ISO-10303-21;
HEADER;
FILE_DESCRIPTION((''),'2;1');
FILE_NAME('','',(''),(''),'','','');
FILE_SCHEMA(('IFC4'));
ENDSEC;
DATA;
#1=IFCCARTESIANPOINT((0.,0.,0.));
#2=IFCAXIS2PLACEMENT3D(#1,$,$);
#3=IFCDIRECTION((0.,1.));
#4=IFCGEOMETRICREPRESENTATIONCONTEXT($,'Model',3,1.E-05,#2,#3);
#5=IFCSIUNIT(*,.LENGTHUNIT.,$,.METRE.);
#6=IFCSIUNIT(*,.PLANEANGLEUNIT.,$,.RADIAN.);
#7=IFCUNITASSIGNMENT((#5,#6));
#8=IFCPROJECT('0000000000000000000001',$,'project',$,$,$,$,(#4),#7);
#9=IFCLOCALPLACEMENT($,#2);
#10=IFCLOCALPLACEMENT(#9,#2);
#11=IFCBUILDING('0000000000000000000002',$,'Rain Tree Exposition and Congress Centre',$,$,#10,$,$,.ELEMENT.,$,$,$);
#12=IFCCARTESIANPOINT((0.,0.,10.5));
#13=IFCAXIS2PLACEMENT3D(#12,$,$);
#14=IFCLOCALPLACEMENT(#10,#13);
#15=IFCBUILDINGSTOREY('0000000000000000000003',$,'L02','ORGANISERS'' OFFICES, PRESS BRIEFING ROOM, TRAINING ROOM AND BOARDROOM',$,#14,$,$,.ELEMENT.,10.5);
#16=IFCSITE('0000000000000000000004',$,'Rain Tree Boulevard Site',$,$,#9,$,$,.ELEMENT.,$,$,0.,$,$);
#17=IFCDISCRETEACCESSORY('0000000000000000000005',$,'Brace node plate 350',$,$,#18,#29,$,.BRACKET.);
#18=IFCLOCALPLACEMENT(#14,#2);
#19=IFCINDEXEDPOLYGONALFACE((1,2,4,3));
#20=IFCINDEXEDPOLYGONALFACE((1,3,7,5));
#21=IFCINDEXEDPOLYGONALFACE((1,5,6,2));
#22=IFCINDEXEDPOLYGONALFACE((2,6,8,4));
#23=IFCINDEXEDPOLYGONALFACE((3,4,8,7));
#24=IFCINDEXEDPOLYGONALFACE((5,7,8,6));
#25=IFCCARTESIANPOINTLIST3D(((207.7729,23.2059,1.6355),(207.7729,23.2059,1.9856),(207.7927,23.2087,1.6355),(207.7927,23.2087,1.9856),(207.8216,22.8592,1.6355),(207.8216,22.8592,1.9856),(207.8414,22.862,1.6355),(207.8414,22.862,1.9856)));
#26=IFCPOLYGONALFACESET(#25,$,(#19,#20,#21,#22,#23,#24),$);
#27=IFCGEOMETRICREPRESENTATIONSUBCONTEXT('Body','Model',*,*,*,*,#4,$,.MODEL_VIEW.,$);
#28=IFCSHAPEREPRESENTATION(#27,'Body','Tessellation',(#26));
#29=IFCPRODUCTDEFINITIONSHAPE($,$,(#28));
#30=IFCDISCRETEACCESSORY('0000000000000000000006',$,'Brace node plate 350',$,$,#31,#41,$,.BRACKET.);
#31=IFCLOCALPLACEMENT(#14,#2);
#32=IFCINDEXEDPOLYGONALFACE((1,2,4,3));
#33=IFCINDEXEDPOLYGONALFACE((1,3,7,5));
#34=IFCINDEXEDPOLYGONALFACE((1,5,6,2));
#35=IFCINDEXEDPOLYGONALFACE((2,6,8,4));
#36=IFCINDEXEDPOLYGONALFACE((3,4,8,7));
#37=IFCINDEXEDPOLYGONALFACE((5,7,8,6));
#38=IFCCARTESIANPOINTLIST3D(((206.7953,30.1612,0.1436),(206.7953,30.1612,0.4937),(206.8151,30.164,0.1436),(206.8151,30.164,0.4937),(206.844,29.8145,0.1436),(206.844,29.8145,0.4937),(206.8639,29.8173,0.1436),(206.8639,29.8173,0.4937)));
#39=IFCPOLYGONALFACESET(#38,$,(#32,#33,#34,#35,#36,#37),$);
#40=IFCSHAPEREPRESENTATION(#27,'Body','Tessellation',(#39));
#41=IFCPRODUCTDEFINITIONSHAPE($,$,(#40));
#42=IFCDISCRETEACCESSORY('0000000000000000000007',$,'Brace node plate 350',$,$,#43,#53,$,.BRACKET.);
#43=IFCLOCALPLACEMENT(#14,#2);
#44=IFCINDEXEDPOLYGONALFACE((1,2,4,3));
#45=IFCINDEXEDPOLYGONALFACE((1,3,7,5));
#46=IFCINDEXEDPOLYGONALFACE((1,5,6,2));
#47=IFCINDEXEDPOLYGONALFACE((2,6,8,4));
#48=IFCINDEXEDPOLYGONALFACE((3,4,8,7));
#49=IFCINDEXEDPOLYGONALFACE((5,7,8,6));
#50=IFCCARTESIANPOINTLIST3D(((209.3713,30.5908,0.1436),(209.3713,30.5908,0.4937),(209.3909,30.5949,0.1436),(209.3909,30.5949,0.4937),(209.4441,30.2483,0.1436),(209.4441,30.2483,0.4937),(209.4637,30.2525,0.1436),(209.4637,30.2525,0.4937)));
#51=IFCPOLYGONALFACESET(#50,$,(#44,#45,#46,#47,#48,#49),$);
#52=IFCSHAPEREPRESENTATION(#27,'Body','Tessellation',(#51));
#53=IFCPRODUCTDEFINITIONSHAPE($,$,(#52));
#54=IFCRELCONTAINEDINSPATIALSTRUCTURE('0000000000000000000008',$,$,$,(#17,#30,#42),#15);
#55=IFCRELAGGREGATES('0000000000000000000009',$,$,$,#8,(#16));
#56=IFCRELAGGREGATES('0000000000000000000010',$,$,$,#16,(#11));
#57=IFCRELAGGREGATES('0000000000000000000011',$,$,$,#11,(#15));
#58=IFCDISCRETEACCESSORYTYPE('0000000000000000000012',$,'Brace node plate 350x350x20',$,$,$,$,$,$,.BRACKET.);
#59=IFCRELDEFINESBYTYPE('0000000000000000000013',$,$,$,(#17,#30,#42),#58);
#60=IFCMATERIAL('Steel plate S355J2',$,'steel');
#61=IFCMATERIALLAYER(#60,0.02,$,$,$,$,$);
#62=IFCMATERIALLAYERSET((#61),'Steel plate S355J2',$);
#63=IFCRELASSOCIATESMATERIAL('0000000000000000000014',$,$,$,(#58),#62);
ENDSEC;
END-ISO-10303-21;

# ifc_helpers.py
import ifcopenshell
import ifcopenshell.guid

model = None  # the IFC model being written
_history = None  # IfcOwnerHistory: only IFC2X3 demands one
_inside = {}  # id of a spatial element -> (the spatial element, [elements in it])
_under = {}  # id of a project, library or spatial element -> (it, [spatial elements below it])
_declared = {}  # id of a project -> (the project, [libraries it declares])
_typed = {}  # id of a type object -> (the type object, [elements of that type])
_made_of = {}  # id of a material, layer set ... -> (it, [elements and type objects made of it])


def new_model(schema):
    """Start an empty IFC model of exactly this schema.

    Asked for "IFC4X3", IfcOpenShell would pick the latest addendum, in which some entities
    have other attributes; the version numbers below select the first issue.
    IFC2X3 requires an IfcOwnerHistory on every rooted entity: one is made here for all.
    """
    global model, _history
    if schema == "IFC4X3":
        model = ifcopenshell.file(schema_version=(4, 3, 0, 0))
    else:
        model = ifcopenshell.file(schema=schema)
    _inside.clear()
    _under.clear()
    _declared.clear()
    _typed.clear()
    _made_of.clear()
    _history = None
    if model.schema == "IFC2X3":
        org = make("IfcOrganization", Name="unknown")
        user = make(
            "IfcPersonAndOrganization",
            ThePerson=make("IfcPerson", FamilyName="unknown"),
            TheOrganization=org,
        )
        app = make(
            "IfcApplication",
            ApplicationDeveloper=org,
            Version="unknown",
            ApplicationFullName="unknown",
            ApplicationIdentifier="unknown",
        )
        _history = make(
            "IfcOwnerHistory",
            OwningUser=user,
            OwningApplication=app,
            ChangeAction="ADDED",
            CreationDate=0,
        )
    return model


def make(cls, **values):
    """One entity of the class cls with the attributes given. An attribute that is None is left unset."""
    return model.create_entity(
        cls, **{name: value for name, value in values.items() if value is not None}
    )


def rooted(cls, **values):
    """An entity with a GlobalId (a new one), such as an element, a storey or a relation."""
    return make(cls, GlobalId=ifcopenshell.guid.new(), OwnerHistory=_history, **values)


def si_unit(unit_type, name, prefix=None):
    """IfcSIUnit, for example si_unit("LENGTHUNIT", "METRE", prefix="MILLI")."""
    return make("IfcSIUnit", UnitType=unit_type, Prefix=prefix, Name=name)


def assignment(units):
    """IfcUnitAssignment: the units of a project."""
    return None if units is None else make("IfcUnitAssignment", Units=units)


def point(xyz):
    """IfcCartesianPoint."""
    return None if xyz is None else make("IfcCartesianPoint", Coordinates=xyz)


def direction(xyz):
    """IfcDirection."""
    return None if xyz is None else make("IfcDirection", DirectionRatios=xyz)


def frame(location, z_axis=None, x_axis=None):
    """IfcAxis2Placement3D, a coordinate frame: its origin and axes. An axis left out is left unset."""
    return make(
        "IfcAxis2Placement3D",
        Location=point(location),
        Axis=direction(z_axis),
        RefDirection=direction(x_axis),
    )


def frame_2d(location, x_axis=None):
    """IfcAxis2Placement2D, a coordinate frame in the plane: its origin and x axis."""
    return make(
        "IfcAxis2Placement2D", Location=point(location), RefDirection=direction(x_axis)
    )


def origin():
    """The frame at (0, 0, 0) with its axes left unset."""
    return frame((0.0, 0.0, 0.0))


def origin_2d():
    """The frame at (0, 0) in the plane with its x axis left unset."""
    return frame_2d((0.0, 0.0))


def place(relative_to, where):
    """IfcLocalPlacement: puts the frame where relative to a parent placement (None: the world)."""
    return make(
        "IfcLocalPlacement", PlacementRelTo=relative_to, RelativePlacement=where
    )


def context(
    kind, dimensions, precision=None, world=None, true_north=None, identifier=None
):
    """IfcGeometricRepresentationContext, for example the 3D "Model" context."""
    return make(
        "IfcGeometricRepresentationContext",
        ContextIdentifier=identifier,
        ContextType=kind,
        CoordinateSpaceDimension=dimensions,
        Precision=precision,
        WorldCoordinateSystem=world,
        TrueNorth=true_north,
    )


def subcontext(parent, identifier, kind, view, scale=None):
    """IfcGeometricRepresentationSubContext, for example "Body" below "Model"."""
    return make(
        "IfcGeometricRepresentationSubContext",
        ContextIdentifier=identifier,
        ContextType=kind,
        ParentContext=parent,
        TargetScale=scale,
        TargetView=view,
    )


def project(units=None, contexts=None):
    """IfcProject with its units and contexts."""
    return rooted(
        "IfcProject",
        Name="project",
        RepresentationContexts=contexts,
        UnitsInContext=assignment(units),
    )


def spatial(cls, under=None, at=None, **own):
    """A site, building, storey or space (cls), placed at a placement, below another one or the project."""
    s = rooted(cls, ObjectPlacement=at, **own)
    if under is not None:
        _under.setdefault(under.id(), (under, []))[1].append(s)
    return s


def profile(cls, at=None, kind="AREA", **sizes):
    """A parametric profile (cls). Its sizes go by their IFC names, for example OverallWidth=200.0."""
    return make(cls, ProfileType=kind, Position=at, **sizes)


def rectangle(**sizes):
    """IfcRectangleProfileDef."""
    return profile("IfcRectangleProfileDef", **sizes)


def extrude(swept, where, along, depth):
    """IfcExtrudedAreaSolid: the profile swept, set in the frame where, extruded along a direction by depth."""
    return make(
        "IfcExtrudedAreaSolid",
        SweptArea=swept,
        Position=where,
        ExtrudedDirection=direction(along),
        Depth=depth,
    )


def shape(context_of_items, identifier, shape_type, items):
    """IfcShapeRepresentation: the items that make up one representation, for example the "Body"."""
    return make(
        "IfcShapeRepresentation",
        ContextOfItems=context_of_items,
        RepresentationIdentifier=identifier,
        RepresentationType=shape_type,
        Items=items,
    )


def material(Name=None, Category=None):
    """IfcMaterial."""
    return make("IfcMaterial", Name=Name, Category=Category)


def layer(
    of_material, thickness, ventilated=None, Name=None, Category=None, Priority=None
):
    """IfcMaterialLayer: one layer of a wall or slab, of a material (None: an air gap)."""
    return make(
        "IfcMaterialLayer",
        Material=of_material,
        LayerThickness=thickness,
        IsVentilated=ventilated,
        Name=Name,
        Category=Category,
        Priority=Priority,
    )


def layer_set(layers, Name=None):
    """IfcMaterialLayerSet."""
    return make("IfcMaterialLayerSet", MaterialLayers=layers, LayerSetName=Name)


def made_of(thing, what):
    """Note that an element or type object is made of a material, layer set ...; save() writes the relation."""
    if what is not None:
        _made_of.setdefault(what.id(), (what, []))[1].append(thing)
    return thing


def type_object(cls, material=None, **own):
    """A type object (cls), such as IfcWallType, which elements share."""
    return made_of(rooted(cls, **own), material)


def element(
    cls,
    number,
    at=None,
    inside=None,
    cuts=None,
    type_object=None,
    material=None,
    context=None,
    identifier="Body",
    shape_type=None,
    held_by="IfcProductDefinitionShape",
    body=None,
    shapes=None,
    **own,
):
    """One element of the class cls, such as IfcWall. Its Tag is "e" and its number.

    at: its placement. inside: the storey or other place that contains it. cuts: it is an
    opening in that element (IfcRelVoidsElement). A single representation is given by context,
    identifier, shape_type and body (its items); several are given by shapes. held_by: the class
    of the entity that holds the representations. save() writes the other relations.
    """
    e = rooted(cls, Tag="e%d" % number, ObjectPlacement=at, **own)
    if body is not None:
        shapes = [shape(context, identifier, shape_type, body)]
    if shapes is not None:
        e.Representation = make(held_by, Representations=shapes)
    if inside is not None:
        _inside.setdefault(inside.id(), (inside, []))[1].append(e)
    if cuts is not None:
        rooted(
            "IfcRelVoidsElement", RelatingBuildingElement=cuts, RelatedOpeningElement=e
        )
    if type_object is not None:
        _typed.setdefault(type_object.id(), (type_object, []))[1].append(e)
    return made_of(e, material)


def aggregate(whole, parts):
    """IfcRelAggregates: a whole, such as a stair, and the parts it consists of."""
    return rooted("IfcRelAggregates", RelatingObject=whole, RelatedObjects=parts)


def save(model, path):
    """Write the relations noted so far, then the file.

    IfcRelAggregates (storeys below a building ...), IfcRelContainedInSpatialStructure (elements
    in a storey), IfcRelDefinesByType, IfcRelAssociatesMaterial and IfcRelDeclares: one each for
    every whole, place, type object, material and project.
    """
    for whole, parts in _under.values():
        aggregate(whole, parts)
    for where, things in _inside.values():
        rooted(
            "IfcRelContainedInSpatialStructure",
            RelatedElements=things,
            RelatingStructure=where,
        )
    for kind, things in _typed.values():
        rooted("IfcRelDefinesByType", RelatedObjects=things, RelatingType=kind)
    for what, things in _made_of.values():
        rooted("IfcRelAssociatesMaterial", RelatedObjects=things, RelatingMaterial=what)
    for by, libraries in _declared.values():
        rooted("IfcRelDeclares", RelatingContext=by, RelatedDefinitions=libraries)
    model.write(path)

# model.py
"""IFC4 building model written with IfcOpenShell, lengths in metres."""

from ifc_helpers import new_model, si_unit, direction, frame, origin, origin_2d, place, context, subcontext, project, spatial, rectangle, extrude, material, layer, layer_set, type_object, element, save


model = new_model("IFC4")

# Units and contexts
model_context = context("Model", 3, precision=1e-05, world=origin(), true_north=direction((0.0, 1.0)))
body_context = subcontext(model_context, "Body", "Model", "MODEL_VIEW")
ifc_project = project(units=[si_unit("LENGTHUNIT", "METRE"), si_unit("PLANEANGLEUNIT", "RADIAN")], contexts=[model_context])

# Site, building, storey
site_placement = place(None, origin())
site = spatial("IfcSite", under=ifc_project, at=site_placement, Name="Rain Tree Boulevard Site", CompositionType="ELEMENT", RefElevation=0.0)
building_placement = place(site_placement, origin())
building = spatial("IfcBuilding", under=site, at=building_placement, Name="Rain Tree Exposition and Congress Centre", CompositionType="ELEMENT")
storey_placement = place(building_placement, frame((0.0, 0.0, 10.5)))
storey = spatial("IfcBuildingStorey", under=building, at=storey_placement, Name="L02", Description="ORGANISERS' OFFICES, PRESS BRIEFING ROOM, TRAINING ROOM AND BOARDROOM", CompositionType="ELEMENT", Elevation=10.5)

# Discrete accessories
ifc_material_1 = material(Name="Steel plate S355J2", Category="steel")
ifc_layer = layer(ifc_material_1, 0.02)
ifc_layer_set = layer_set([ifc_layer], Name="Steel plate S355J2")
discrete_accessory_type = type_object("IfcDiscreteAccessoryType", Name="Brace node plate 350x350x20", PredefinedType="BRACKET", material=ifc_layer_set)
for number, where, z_axis, x_axis, name in (
    (1, (207.8071, 23.0339, 1.6355), (0.0, 0.0, 1.0), (-0.139173, 0.990268, 0.0), "Brace node plate 350"),
    (2, (206.8296, 29.9893, 0.1436), (0.0, 0.0, 1.0), (0.139173, -0.990268, 0.0), "Brace node plate 350"),
    (3, (209.4175, 30.4216, 0.1436), (0.0, 0.0, 1.0), (0.207912, -0.978148, 0.0), "Brace node plate 350"),
):
    element("IfcDiscreteAccessory", number, at=place(storey_placement, frame(where, z_axis=z_axis, x_axis=x_axis)), inside=storey, type_object=discrete_accessory_type, Name=name, PredefinedType="BRACKET", context=body_context, shape_type="SweptSolid", body=[
        extrude(rectangle(XDim=0.3501, YDim=0.02, at=origin_2d()), origin(), (0.0, 0.0, 1.0), 0.3501),
    ])

save(model, "model.ifc")
